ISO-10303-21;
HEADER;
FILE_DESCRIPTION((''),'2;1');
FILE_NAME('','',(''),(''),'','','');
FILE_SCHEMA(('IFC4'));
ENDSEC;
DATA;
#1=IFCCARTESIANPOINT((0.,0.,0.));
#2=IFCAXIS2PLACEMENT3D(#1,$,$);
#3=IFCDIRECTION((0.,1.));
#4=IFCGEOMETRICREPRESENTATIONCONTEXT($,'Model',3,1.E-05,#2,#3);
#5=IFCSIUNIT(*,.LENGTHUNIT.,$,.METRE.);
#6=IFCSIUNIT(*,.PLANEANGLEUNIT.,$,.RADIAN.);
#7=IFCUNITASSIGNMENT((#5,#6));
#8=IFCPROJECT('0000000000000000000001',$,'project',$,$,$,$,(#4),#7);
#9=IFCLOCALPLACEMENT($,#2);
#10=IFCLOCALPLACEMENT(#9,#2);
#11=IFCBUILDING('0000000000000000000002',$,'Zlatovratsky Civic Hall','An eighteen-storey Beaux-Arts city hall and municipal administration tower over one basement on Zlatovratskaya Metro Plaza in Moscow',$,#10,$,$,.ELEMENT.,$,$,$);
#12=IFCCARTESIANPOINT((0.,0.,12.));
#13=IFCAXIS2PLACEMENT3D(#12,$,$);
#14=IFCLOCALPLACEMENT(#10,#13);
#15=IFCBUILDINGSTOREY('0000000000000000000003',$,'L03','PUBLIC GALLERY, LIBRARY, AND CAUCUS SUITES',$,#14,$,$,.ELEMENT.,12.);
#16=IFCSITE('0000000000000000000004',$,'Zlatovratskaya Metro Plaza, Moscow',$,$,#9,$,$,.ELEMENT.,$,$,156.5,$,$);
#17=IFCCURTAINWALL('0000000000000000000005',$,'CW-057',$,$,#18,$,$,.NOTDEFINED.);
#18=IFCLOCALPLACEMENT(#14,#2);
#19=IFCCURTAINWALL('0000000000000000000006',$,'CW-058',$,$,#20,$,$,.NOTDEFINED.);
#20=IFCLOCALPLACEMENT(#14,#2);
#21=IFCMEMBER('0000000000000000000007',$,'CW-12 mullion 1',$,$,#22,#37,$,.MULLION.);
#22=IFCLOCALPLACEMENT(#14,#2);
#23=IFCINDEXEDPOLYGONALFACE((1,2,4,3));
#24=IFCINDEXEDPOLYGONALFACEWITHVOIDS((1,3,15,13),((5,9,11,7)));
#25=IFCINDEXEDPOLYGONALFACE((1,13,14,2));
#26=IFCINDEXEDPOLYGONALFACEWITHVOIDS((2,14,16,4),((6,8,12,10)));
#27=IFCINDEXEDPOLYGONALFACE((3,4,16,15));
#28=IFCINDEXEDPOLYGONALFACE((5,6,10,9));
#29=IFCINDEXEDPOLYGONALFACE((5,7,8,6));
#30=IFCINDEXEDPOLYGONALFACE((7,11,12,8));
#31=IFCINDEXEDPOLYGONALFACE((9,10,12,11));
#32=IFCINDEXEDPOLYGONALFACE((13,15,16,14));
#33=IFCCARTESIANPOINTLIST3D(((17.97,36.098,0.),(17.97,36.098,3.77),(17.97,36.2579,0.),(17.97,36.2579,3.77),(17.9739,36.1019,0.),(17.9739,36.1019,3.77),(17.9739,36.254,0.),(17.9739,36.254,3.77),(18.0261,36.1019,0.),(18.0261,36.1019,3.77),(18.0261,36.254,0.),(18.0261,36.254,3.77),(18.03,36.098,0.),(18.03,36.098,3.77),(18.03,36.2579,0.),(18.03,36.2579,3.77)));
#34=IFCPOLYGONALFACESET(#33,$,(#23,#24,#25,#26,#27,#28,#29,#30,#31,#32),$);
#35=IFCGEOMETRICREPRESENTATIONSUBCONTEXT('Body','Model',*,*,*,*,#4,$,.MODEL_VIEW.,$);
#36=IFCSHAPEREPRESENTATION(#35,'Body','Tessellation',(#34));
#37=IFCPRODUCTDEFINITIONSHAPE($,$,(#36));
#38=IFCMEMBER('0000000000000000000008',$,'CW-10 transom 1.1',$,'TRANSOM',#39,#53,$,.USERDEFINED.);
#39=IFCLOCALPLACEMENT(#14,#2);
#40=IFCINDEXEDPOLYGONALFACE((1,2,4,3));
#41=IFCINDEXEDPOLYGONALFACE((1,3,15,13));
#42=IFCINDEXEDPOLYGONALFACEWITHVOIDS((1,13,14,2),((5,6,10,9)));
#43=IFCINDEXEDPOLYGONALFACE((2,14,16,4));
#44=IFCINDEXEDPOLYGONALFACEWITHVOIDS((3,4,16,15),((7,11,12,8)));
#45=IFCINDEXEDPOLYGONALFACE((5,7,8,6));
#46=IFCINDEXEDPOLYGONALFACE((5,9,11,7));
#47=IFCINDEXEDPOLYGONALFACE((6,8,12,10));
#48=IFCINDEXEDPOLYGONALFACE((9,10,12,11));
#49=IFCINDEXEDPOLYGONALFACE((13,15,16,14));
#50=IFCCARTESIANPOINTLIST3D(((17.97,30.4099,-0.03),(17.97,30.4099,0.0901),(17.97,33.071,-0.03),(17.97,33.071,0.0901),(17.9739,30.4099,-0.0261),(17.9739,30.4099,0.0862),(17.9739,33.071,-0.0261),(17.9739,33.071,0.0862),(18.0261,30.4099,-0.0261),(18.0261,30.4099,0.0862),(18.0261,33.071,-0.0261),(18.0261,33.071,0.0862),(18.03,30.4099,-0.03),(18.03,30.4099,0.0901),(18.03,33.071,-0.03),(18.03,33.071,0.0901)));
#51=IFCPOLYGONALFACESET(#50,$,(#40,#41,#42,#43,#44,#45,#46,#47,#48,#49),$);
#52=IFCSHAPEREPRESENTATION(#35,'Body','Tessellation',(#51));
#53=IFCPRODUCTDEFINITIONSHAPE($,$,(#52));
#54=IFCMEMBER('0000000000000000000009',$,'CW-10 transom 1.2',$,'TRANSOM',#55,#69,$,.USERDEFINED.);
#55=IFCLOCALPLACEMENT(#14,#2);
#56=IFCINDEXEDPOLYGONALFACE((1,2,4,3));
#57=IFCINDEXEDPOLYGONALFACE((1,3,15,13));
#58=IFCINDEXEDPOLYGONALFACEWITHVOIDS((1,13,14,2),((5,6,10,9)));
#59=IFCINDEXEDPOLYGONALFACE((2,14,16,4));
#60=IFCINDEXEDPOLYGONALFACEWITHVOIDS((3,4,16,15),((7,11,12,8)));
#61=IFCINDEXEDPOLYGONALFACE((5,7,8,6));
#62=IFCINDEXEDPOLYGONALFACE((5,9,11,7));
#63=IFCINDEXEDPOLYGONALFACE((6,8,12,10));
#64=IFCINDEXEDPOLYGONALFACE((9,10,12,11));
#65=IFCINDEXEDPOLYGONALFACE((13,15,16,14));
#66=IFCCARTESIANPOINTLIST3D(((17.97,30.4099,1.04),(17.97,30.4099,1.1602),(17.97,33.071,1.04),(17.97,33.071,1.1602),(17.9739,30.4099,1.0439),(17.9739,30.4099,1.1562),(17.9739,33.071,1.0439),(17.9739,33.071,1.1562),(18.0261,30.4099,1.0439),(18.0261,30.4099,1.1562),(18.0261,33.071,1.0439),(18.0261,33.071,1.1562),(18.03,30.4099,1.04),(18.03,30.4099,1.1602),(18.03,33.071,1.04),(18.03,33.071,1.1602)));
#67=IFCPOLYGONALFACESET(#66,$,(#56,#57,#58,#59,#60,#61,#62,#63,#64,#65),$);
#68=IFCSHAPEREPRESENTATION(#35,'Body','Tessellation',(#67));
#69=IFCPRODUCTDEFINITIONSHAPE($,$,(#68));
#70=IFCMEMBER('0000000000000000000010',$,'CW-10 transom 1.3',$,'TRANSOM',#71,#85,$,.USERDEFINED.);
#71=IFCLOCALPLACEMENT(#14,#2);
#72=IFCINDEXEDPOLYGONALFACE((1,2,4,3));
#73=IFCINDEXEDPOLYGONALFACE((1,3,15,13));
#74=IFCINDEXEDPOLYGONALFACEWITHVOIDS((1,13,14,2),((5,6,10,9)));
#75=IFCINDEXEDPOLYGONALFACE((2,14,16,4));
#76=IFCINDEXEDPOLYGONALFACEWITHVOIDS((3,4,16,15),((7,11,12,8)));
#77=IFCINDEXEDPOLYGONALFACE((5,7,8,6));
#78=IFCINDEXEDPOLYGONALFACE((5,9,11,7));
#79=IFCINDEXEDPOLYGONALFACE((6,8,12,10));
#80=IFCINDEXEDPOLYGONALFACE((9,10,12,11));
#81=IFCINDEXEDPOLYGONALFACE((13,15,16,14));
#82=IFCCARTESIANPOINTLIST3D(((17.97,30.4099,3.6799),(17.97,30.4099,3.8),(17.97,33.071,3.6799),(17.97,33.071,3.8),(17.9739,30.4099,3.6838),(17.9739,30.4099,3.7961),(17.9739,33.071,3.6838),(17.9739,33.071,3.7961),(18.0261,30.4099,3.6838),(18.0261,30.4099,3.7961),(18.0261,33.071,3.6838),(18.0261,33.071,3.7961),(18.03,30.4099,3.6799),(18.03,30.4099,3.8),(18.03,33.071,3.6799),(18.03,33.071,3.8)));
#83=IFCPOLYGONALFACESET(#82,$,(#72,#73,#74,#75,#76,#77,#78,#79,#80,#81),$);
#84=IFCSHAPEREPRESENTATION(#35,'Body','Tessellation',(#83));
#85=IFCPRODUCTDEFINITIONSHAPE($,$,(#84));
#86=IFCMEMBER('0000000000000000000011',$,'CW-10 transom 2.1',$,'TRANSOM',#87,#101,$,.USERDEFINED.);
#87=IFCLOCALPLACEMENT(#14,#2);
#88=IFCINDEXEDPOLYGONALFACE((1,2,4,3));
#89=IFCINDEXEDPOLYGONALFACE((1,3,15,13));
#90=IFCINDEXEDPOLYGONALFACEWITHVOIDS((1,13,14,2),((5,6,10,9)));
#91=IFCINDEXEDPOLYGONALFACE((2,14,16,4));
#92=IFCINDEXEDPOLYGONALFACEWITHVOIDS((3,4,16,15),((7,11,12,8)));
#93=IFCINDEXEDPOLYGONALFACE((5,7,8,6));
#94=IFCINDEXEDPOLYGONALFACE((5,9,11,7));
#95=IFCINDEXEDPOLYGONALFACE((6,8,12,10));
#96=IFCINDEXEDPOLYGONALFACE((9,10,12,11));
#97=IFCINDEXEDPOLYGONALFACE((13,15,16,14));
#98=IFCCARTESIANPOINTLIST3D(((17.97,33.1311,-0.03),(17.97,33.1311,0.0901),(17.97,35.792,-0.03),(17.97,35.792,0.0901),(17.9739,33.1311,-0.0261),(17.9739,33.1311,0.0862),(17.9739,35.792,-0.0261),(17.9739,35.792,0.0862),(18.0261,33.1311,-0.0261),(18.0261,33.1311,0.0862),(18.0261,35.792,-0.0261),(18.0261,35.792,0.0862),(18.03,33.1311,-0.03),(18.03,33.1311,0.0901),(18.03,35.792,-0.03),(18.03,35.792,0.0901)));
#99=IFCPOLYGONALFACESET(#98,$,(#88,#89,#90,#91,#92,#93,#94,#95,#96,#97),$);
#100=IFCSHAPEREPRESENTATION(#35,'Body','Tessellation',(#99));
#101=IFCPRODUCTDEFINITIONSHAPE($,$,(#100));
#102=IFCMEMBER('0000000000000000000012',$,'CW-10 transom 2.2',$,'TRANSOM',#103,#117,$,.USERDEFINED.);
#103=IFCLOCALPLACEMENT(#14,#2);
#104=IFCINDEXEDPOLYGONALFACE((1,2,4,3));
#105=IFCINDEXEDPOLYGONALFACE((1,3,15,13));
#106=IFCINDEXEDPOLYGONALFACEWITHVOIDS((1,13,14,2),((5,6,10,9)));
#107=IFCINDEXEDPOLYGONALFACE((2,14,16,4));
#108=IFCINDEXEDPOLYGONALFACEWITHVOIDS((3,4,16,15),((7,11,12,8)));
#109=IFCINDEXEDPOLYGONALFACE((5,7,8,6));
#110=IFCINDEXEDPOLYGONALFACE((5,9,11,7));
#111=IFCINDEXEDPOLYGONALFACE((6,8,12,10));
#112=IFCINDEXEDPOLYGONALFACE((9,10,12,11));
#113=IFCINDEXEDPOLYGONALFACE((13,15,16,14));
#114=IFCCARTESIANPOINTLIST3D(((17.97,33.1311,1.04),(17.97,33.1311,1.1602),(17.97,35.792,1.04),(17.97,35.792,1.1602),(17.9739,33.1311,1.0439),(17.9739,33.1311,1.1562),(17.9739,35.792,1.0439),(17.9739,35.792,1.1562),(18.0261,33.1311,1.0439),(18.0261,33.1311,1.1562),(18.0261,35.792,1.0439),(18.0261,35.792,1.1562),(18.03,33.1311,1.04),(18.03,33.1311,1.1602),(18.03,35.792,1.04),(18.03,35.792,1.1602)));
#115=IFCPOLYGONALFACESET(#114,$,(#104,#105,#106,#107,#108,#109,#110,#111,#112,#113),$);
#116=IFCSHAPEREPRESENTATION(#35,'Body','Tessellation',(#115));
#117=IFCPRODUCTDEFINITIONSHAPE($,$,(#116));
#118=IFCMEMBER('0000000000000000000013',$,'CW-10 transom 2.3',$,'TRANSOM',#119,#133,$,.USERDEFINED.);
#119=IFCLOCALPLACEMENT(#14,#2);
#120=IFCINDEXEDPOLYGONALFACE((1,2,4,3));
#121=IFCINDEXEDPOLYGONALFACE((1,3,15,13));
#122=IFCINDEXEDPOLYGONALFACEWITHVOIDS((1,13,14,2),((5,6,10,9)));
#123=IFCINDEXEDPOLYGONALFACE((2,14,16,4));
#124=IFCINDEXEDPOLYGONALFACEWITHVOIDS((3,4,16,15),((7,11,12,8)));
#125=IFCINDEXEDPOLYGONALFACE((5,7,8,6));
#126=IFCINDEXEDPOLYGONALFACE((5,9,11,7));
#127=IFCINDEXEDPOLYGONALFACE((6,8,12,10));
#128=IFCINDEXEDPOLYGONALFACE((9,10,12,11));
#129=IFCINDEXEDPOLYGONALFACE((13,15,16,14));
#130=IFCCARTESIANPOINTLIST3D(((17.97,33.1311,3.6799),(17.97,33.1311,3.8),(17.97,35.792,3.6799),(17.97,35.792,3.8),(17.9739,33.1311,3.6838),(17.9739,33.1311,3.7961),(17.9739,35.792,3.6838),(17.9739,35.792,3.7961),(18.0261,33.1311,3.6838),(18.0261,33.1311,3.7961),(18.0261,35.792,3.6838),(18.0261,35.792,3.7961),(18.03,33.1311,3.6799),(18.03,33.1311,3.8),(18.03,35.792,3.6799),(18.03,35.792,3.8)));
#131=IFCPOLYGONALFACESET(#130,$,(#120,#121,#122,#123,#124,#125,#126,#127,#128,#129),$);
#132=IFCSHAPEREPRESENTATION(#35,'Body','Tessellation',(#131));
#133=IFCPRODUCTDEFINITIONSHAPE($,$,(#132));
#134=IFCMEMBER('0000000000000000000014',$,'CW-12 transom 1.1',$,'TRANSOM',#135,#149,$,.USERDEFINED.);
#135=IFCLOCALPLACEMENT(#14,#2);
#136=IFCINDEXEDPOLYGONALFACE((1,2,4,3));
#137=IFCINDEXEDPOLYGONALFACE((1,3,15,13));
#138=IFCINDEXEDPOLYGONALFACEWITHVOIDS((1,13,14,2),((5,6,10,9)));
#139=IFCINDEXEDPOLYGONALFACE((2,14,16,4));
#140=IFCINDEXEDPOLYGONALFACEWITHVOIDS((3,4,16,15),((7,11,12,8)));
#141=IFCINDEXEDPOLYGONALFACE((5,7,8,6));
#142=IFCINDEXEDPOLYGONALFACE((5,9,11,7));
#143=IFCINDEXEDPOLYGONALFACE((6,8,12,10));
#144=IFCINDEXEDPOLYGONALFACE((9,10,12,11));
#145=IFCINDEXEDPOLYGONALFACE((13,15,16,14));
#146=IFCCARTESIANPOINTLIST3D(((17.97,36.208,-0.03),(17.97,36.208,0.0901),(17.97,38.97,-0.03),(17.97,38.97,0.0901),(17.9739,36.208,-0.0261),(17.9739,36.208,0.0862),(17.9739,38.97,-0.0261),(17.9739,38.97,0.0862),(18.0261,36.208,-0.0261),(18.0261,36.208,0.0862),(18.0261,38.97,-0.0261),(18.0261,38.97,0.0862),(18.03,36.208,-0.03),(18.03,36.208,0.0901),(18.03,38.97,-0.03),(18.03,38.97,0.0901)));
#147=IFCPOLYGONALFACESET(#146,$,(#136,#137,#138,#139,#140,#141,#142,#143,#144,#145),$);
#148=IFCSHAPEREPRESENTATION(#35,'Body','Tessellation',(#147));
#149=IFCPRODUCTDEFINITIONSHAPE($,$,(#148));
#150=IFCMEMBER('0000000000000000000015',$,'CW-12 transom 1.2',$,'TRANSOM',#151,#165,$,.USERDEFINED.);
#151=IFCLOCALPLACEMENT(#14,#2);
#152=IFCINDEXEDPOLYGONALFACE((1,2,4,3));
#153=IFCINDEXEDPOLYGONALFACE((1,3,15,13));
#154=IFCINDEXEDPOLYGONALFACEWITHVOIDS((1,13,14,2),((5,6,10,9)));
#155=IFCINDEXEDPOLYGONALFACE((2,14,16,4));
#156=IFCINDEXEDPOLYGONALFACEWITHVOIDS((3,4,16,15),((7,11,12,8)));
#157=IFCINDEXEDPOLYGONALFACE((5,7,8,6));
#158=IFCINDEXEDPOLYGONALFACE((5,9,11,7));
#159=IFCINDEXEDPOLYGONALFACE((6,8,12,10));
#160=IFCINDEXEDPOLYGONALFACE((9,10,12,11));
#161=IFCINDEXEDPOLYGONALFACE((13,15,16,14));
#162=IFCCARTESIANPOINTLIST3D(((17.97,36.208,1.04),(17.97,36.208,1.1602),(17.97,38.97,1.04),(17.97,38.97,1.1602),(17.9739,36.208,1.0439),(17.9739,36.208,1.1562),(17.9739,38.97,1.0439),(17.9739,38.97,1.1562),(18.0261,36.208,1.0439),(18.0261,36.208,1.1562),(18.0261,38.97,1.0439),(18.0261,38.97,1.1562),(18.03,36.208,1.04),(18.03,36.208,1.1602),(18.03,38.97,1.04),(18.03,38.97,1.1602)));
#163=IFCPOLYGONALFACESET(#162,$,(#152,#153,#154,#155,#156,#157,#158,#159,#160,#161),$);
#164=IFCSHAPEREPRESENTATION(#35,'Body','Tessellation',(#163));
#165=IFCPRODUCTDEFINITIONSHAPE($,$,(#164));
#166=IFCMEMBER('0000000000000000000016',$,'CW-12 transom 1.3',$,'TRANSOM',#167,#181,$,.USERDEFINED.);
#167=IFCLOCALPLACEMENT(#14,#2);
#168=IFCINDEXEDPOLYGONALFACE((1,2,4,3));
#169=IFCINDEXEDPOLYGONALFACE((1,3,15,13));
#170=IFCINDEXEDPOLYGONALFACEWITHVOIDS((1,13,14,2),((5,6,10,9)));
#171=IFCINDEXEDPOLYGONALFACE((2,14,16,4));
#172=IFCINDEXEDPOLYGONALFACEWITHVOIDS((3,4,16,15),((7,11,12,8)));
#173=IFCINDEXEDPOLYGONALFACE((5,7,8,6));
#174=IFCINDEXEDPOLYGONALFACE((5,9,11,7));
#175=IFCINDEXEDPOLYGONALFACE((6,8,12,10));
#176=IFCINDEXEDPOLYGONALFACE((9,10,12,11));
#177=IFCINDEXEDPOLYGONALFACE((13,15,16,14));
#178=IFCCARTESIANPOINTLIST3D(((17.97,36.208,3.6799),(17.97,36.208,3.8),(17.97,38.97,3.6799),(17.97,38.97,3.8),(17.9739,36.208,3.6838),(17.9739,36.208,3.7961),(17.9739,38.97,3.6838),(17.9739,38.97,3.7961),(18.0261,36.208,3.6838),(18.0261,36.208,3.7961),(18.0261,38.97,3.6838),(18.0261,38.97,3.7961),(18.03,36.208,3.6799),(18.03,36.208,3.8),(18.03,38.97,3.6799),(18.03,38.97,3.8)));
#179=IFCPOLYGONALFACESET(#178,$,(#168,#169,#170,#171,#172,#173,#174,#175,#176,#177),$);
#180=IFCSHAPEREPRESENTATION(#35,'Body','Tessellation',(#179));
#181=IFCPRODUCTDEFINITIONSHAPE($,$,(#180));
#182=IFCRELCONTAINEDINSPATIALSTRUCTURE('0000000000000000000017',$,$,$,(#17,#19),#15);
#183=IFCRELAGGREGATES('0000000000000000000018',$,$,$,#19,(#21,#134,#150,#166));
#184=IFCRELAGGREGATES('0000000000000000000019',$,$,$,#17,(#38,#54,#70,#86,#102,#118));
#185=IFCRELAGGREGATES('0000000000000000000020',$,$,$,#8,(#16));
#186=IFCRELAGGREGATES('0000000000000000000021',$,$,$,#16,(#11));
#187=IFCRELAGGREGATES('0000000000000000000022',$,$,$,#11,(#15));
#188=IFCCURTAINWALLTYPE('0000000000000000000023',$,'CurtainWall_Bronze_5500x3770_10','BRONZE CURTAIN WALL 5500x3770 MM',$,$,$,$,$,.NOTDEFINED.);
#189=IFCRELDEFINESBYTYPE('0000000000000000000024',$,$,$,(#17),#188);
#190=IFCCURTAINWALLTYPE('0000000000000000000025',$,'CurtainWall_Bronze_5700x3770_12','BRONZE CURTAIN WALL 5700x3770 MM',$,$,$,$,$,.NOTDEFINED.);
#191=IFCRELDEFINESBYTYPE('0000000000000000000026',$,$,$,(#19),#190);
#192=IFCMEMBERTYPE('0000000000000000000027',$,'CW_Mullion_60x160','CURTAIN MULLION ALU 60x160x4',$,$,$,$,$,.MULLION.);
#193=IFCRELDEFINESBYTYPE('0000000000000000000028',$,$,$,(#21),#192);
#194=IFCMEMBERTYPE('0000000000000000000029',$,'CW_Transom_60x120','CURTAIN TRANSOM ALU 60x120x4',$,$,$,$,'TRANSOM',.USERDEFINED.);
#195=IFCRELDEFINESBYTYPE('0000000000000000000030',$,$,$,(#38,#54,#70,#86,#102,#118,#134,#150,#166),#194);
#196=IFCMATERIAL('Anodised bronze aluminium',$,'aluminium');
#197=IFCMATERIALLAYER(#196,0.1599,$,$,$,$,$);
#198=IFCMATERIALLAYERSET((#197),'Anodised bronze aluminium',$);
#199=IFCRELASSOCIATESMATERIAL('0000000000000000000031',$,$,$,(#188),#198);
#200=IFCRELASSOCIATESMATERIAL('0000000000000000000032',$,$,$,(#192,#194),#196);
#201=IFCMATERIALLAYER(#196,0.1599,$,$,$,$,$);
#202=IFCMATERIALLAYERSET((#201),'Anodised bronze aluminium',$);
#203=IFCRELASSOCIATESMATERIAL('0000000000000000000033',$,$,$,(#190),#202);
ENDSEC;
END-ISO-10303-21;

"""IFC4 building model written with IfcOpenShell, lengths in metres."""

from ifc_helpers import new_model, si_unit, direction, frame, origin, origin_2d, place, context, subcontext, project, spatial, hollow_rectangle, extrude, material, layer, layer_set, material_profile, profile_set, type_object, element, aggregate, save


model = new_model("IFC4")

# Units and contexts
model_context = context("Model", 3, precision=1e-05, world=origin(), true_north=direction((0.0, 1.0)))
body_context = subcontext(model_context, "Body", "Model", "MODEL_VIEW")
ifc_project = project(units=[si_unit("LENGTHUNIT", "METRE"), si_unit("PLANEANGLEUNIT", "RADIAN")], contexts=[model_context])

# Site, building, storey
site_placement = place(None, origin())
site = spatial("IfcSite", under=ifc_project, at=site_placement, Name="Zlatovratskaya Metro Plaza, Moscow", CompositionType="ELEMENT", RefElevation=156.5)
building_placement = place(site_placement, origin())
building = spatial("IfcBuilding", under=site, at=building_placement, Name="Zlatovratsky Civic Hall", Description="An eighteen-storey Beaux-Arts city hall and municipal administration tower over one basement on Zlatovratskaya Metro Plaza in Moscow", CompositionType="ELEMENT")
storey_placement = place(building_placement, frame((0.0, 0.0, 12.0)))
storey = spatial("IfcBuildingStorey", under=building, at=storey_placement, Name="L03", Description="PUBLIC GALLERY, LIBRARY, AND CAUCUS SUITES", CompositionType="ELEMENT", Elevation=12.0)

# Curtain wall
ifc_material_1 = material(Name="Anodised bronze aluminium", Category="aluminium")
ifc_layer_1 = layer(ifc_material_1, 0.1599)
ifc_layer_set_1 = layer_set([ifc_layer_1], Name="Anodised bronze aluminium")
curtain_wall_type_1 = type_object("IfcCurtainWallType", Name="CurtainWall_Bronze_5500x3770_10", Description="BRONZE CURTAIN WALL 5500x3770 MM", PredefinedType="NOTDEFINED", material=ifc_layer_set_1)
curtain_wall_1_placement = place(storey_placement, origin())
curtain_wall_1 = element("IfcCurtainWall", 1, at=curtain_wall_1_placement, inside=storey, type_object=curtain_wall_type_1, Name="CW-057", PredefinedType="NOTDEFINED")
ifc_material_profile_1 = material_profile(ifc_material_1, hollow_rectangle(XDim=0.0601, YDim=0.1599, WallThickness=0.0039, at=origin_2d()), Name="ALU 60x160x4")
ifc_profile_set_1 = profile_set([ifc_material_profile_1], Name="Anodised bronze aluminium")
member_type_1 = type_object("IfcMemberType", Name="CW_Mullion_60x160", Description="CURTAIN MULLION ALU 60x160x4", PredefinedType="MULLION", material=ifc_profile_set_1)

# Curtain wall, member
ifc_layer_2 = layer(ifc_material_1, 0.1599)
ifc_layer_set_2 = layer_set([ifc_layer_2], Name="Anodised bronze aluminium")
curtain_wall_type_2 = type_object("IfcCurtainWallType", Name="CurtainWall_Bronze_5700x3770_12", Description="BRONZE CURTAIN WALL 5700x3770 MM", PredefinedType="NOTDEFINED", material=ifc_layer_set_2)
curtain_wall_2_placement = place(storey_placement, origin())
curtain_wall_2 = element("IfcCurtainWall", 2, at=curtain_wall_2_placement, inside=storey, type_object=curtain_wall_type_2, Name="CW-058", PredefinedType="NOTDEFINED")
member_1_placement = place(storey_placement, frame((18.0, 36.178, 0.0), z_axis=(0.0, 0.0, 1.0), x_axis=(-1.0, 0.0, 0.0)))
member_1 = element("IfcMember", 3, at=member_1_placement, type_object=member_type_1, Name="CW-12 mullion 1", PredefinedType="MULLION", context=body_context, shape_type="SweptSolid", body=[
    extrude(hollow_rectangle(XDim=0.0601, YDim=0.1599, WallThickness=0.0039, at=origin_2d()), origin(), (0.0, 0.0, 1.0), 3.77),
])

# Members
ifc_material_profile_2 = material_profile(ifc_material_1, hollow_rectangle(XDim=0.0601, YDim=0.1201, WallThickness=0.0039, at=origin_2d()), Name="ALU 60x120x4")
ifc_profile_set_2 = profile_set([ifc_material_profile_2], Name="Anodised bronze aluminium")
member_type_2 = type_object("IfcMemberType", Name="CW_Transom_60x120", Description="CURTAIN TRANSOM ALU 60x120x4", ElementType="TRANSOM", PredefinedType="USERDEFINED", material=ifc_profile_set_2)
member_2_placement = place(storey_placement, frame((18.0, 30.4099, 0.03), z_axis=(0.0, 1.0, 0.0), x_axis=(-1.0, 0.0, 0.0)))
member_2 = element("IfcMember", 4, at=member_2_placement, type_object=member_type_2, Name="CW-10 transom 1.1", ObjectType="TRANSOM", PredefinedType="USERDEFINED", context=body_context, shape_type="SweptSolid", body=[
    extrude(hollow_rectangle(XDim=0.0601, YDim=0.1201, WallThickness=0.0039, at=origin_2d()), origin(), (0.0, 0.0, 1.0), 2.6611),
])
member_3_placement = place(storey_placement, frame((18.0, 30.4099, 1.1001), z_axis=(0.0, 1.0, 0.0), x_axis=(-1.0, 0.0, 0.0)))
member_3 = element("IfcMember", 5, at=member_3_placement, type_object=member_type_2, Name="CW-10 transom 1.2", ObjectType="TRANSOM", PredefinedType="USERDEFINED", context=body_context, shape_type="SweptSolid", body=[
    extrude(hollow_rectangle(XDim=0.0601, YDim=0.1201, WallThickness=0.0039, at=origin_2d()), origin(), (0.0, 0.0, 1.0), 2.6611),
])
member_4_placement = place(storey_placement, frame((18.0, 30.4099, 3.74), z_axis=(0.0, 1.0, 0.0), x_axis=(-1.0, 0.0, 0.0)))
member_4 = element("IfcMember", 6, at=member_4_placement, type_object=member_type_2, Name="CW-10 transom 1.3", ObjectType="TRANSOM", PredefinedType="USERDEFINED", context=body_context, shape_type="SweptSolid", body=[
    extrude(hollow_rectangle(XDim=0.0601, YDim=0.1201, WallThickness=0.0039, at=origin_2d()), origin(), (0.0, 0.0, 1.0), 2.6611),
])
member_5_placement = place(storey_placement, frame((18.0, 33.1311, 0.03), z_axis=(0.0, 1.0, 0.0), x_axis=(-1.0, 0.0, 0.0)))
member_5 = element("IfcMember", 7, at=member_5_placement, type_object=member_type_2, Name="CW-10 transom 2.1", ObjectType="TRANSOM", PredefinedType="USERDEFINED", context=body_context, shape_type="SweptSolid", body=[
    extrude(hollow_rectangle(XDim=0.0601, YDim=0.1201, WallThickness=0.0039, at=origin_2d()), origin(), (0.0, 0.0, 1.0), 2.6609),
])
member_6_placement = place(storey_placement, frame((18.0, 33.1311, 1.1001), z_axis=(0.0, 1.0, 0.0), x_axis=(-1.0, 0.0, 0.0)))
member_6 = element("IfcMember", 8, at=member_6_placement, type_object=member_type_2, Name="CW-10 transom 2.2", ObjectType="TRANSOM", PredefinedType="USERDEFINED", context=body_context, shape_type="SweptSolid", body=[
    extrude(hollow_rectangle(XDim=0.0601, YDim=0.1201, WallThickness=0.0039, at=origin_2d()), origin(), (0.0, 0.0, 1.0), 2.6609),
])
member_7_placement = place(storey_placement, frame((18.0, 33.1311, 3.74), z_axis=(0.0, 1.0, 0.0), x_axis=(-1.0, 0.0, 0.0)))
member_7 = element("IfcMember", 9, at=member_7_placement, type_object=member_type_2, Name="CW-10 transom 2.3", ObjectType="TRANSOM", PredefinedType="USERDEFINED", context=body_context, shape_type="SweptSolid", body=[
    extrude(hollow_rectangle(XDim=0.0601, YDim=0.1201, WallThickness=0.0039, at=origin_2d()), origin(), (0.0, 0.0, 1.0), 2.6609),
])
member_8_placement = place(storey_placement, frame((18.0, 36.208, 0.03), z_axis=(0.0, 1.0, 0.0), x_axis=(-1.0, 0.0, 0.0)))
member_8 = element("IfcMember", 10, at=member_8_placement, type_object=member_type_2, Name="CW-12 transom 1.1", ObjectType="TRANSOM", PredefinedType="USERDEFINED", context=body_context, shape_type="SweptSolid", body=[
    extrude(hollow_rectangle(XDim=0.0601, YDim=0.1201, WallThickness=0.0039, at=origin_2d()), origin(), (0.0, 0.0, 1.0), 2.762),
])
member_9_placement = place(storey_placement, frame((18.0, 36.208, 1.1001), z_axis=(0.0, 1.0, 0.0), x_axis=(-1.0, 0.0, 0.0)))
member_9 = element("IfcMember", 11, at=member_9_placement, type_object=member_type_2, Name="CW-12 transom 1.2", ObjectType="TRANSOM", PredefinedType="USERDEFINED", context=body_context, shape_type="SweptSolid", body=[
    extrude(hollow_rectangle(XDim=0.0601, YDim=0.1201, WallThickness=0.0039, at=origin_2d()), origin(), (0.0, 0.0, 1.0), 2.762),
])
member_10_placement = place(storey_placement, frame((18.0, 36.208, 3.74), z_axis=(0.0, 1.0, 0.0), x_axis=(-1.0, 0.0, 0.0)))
member_10 = element("IfcMember", 12, at=member_10_placement, type_object=member_type_2, Name="CW-12 transom 1.3", ObjectType="TRANSOM", PredefinedType="USERDEFINED", context=body_context, shape_type="SweptSolid", body=[
    extrude(hollow_rectangle(XDim=0.0601, YDim=0.1201, WallThickness=0.0039, at=origin_2d()), origin(), (0.0, 0.0, 1.0), 2.762),
])
aggregate(curtain_wall_2, [member_1, member_8, member_9, member_10])

aggregate(curtain_wall_1, [member_2, member_3, member_4, member_5, member_6, member_7])

save(model, "model.ifc")
